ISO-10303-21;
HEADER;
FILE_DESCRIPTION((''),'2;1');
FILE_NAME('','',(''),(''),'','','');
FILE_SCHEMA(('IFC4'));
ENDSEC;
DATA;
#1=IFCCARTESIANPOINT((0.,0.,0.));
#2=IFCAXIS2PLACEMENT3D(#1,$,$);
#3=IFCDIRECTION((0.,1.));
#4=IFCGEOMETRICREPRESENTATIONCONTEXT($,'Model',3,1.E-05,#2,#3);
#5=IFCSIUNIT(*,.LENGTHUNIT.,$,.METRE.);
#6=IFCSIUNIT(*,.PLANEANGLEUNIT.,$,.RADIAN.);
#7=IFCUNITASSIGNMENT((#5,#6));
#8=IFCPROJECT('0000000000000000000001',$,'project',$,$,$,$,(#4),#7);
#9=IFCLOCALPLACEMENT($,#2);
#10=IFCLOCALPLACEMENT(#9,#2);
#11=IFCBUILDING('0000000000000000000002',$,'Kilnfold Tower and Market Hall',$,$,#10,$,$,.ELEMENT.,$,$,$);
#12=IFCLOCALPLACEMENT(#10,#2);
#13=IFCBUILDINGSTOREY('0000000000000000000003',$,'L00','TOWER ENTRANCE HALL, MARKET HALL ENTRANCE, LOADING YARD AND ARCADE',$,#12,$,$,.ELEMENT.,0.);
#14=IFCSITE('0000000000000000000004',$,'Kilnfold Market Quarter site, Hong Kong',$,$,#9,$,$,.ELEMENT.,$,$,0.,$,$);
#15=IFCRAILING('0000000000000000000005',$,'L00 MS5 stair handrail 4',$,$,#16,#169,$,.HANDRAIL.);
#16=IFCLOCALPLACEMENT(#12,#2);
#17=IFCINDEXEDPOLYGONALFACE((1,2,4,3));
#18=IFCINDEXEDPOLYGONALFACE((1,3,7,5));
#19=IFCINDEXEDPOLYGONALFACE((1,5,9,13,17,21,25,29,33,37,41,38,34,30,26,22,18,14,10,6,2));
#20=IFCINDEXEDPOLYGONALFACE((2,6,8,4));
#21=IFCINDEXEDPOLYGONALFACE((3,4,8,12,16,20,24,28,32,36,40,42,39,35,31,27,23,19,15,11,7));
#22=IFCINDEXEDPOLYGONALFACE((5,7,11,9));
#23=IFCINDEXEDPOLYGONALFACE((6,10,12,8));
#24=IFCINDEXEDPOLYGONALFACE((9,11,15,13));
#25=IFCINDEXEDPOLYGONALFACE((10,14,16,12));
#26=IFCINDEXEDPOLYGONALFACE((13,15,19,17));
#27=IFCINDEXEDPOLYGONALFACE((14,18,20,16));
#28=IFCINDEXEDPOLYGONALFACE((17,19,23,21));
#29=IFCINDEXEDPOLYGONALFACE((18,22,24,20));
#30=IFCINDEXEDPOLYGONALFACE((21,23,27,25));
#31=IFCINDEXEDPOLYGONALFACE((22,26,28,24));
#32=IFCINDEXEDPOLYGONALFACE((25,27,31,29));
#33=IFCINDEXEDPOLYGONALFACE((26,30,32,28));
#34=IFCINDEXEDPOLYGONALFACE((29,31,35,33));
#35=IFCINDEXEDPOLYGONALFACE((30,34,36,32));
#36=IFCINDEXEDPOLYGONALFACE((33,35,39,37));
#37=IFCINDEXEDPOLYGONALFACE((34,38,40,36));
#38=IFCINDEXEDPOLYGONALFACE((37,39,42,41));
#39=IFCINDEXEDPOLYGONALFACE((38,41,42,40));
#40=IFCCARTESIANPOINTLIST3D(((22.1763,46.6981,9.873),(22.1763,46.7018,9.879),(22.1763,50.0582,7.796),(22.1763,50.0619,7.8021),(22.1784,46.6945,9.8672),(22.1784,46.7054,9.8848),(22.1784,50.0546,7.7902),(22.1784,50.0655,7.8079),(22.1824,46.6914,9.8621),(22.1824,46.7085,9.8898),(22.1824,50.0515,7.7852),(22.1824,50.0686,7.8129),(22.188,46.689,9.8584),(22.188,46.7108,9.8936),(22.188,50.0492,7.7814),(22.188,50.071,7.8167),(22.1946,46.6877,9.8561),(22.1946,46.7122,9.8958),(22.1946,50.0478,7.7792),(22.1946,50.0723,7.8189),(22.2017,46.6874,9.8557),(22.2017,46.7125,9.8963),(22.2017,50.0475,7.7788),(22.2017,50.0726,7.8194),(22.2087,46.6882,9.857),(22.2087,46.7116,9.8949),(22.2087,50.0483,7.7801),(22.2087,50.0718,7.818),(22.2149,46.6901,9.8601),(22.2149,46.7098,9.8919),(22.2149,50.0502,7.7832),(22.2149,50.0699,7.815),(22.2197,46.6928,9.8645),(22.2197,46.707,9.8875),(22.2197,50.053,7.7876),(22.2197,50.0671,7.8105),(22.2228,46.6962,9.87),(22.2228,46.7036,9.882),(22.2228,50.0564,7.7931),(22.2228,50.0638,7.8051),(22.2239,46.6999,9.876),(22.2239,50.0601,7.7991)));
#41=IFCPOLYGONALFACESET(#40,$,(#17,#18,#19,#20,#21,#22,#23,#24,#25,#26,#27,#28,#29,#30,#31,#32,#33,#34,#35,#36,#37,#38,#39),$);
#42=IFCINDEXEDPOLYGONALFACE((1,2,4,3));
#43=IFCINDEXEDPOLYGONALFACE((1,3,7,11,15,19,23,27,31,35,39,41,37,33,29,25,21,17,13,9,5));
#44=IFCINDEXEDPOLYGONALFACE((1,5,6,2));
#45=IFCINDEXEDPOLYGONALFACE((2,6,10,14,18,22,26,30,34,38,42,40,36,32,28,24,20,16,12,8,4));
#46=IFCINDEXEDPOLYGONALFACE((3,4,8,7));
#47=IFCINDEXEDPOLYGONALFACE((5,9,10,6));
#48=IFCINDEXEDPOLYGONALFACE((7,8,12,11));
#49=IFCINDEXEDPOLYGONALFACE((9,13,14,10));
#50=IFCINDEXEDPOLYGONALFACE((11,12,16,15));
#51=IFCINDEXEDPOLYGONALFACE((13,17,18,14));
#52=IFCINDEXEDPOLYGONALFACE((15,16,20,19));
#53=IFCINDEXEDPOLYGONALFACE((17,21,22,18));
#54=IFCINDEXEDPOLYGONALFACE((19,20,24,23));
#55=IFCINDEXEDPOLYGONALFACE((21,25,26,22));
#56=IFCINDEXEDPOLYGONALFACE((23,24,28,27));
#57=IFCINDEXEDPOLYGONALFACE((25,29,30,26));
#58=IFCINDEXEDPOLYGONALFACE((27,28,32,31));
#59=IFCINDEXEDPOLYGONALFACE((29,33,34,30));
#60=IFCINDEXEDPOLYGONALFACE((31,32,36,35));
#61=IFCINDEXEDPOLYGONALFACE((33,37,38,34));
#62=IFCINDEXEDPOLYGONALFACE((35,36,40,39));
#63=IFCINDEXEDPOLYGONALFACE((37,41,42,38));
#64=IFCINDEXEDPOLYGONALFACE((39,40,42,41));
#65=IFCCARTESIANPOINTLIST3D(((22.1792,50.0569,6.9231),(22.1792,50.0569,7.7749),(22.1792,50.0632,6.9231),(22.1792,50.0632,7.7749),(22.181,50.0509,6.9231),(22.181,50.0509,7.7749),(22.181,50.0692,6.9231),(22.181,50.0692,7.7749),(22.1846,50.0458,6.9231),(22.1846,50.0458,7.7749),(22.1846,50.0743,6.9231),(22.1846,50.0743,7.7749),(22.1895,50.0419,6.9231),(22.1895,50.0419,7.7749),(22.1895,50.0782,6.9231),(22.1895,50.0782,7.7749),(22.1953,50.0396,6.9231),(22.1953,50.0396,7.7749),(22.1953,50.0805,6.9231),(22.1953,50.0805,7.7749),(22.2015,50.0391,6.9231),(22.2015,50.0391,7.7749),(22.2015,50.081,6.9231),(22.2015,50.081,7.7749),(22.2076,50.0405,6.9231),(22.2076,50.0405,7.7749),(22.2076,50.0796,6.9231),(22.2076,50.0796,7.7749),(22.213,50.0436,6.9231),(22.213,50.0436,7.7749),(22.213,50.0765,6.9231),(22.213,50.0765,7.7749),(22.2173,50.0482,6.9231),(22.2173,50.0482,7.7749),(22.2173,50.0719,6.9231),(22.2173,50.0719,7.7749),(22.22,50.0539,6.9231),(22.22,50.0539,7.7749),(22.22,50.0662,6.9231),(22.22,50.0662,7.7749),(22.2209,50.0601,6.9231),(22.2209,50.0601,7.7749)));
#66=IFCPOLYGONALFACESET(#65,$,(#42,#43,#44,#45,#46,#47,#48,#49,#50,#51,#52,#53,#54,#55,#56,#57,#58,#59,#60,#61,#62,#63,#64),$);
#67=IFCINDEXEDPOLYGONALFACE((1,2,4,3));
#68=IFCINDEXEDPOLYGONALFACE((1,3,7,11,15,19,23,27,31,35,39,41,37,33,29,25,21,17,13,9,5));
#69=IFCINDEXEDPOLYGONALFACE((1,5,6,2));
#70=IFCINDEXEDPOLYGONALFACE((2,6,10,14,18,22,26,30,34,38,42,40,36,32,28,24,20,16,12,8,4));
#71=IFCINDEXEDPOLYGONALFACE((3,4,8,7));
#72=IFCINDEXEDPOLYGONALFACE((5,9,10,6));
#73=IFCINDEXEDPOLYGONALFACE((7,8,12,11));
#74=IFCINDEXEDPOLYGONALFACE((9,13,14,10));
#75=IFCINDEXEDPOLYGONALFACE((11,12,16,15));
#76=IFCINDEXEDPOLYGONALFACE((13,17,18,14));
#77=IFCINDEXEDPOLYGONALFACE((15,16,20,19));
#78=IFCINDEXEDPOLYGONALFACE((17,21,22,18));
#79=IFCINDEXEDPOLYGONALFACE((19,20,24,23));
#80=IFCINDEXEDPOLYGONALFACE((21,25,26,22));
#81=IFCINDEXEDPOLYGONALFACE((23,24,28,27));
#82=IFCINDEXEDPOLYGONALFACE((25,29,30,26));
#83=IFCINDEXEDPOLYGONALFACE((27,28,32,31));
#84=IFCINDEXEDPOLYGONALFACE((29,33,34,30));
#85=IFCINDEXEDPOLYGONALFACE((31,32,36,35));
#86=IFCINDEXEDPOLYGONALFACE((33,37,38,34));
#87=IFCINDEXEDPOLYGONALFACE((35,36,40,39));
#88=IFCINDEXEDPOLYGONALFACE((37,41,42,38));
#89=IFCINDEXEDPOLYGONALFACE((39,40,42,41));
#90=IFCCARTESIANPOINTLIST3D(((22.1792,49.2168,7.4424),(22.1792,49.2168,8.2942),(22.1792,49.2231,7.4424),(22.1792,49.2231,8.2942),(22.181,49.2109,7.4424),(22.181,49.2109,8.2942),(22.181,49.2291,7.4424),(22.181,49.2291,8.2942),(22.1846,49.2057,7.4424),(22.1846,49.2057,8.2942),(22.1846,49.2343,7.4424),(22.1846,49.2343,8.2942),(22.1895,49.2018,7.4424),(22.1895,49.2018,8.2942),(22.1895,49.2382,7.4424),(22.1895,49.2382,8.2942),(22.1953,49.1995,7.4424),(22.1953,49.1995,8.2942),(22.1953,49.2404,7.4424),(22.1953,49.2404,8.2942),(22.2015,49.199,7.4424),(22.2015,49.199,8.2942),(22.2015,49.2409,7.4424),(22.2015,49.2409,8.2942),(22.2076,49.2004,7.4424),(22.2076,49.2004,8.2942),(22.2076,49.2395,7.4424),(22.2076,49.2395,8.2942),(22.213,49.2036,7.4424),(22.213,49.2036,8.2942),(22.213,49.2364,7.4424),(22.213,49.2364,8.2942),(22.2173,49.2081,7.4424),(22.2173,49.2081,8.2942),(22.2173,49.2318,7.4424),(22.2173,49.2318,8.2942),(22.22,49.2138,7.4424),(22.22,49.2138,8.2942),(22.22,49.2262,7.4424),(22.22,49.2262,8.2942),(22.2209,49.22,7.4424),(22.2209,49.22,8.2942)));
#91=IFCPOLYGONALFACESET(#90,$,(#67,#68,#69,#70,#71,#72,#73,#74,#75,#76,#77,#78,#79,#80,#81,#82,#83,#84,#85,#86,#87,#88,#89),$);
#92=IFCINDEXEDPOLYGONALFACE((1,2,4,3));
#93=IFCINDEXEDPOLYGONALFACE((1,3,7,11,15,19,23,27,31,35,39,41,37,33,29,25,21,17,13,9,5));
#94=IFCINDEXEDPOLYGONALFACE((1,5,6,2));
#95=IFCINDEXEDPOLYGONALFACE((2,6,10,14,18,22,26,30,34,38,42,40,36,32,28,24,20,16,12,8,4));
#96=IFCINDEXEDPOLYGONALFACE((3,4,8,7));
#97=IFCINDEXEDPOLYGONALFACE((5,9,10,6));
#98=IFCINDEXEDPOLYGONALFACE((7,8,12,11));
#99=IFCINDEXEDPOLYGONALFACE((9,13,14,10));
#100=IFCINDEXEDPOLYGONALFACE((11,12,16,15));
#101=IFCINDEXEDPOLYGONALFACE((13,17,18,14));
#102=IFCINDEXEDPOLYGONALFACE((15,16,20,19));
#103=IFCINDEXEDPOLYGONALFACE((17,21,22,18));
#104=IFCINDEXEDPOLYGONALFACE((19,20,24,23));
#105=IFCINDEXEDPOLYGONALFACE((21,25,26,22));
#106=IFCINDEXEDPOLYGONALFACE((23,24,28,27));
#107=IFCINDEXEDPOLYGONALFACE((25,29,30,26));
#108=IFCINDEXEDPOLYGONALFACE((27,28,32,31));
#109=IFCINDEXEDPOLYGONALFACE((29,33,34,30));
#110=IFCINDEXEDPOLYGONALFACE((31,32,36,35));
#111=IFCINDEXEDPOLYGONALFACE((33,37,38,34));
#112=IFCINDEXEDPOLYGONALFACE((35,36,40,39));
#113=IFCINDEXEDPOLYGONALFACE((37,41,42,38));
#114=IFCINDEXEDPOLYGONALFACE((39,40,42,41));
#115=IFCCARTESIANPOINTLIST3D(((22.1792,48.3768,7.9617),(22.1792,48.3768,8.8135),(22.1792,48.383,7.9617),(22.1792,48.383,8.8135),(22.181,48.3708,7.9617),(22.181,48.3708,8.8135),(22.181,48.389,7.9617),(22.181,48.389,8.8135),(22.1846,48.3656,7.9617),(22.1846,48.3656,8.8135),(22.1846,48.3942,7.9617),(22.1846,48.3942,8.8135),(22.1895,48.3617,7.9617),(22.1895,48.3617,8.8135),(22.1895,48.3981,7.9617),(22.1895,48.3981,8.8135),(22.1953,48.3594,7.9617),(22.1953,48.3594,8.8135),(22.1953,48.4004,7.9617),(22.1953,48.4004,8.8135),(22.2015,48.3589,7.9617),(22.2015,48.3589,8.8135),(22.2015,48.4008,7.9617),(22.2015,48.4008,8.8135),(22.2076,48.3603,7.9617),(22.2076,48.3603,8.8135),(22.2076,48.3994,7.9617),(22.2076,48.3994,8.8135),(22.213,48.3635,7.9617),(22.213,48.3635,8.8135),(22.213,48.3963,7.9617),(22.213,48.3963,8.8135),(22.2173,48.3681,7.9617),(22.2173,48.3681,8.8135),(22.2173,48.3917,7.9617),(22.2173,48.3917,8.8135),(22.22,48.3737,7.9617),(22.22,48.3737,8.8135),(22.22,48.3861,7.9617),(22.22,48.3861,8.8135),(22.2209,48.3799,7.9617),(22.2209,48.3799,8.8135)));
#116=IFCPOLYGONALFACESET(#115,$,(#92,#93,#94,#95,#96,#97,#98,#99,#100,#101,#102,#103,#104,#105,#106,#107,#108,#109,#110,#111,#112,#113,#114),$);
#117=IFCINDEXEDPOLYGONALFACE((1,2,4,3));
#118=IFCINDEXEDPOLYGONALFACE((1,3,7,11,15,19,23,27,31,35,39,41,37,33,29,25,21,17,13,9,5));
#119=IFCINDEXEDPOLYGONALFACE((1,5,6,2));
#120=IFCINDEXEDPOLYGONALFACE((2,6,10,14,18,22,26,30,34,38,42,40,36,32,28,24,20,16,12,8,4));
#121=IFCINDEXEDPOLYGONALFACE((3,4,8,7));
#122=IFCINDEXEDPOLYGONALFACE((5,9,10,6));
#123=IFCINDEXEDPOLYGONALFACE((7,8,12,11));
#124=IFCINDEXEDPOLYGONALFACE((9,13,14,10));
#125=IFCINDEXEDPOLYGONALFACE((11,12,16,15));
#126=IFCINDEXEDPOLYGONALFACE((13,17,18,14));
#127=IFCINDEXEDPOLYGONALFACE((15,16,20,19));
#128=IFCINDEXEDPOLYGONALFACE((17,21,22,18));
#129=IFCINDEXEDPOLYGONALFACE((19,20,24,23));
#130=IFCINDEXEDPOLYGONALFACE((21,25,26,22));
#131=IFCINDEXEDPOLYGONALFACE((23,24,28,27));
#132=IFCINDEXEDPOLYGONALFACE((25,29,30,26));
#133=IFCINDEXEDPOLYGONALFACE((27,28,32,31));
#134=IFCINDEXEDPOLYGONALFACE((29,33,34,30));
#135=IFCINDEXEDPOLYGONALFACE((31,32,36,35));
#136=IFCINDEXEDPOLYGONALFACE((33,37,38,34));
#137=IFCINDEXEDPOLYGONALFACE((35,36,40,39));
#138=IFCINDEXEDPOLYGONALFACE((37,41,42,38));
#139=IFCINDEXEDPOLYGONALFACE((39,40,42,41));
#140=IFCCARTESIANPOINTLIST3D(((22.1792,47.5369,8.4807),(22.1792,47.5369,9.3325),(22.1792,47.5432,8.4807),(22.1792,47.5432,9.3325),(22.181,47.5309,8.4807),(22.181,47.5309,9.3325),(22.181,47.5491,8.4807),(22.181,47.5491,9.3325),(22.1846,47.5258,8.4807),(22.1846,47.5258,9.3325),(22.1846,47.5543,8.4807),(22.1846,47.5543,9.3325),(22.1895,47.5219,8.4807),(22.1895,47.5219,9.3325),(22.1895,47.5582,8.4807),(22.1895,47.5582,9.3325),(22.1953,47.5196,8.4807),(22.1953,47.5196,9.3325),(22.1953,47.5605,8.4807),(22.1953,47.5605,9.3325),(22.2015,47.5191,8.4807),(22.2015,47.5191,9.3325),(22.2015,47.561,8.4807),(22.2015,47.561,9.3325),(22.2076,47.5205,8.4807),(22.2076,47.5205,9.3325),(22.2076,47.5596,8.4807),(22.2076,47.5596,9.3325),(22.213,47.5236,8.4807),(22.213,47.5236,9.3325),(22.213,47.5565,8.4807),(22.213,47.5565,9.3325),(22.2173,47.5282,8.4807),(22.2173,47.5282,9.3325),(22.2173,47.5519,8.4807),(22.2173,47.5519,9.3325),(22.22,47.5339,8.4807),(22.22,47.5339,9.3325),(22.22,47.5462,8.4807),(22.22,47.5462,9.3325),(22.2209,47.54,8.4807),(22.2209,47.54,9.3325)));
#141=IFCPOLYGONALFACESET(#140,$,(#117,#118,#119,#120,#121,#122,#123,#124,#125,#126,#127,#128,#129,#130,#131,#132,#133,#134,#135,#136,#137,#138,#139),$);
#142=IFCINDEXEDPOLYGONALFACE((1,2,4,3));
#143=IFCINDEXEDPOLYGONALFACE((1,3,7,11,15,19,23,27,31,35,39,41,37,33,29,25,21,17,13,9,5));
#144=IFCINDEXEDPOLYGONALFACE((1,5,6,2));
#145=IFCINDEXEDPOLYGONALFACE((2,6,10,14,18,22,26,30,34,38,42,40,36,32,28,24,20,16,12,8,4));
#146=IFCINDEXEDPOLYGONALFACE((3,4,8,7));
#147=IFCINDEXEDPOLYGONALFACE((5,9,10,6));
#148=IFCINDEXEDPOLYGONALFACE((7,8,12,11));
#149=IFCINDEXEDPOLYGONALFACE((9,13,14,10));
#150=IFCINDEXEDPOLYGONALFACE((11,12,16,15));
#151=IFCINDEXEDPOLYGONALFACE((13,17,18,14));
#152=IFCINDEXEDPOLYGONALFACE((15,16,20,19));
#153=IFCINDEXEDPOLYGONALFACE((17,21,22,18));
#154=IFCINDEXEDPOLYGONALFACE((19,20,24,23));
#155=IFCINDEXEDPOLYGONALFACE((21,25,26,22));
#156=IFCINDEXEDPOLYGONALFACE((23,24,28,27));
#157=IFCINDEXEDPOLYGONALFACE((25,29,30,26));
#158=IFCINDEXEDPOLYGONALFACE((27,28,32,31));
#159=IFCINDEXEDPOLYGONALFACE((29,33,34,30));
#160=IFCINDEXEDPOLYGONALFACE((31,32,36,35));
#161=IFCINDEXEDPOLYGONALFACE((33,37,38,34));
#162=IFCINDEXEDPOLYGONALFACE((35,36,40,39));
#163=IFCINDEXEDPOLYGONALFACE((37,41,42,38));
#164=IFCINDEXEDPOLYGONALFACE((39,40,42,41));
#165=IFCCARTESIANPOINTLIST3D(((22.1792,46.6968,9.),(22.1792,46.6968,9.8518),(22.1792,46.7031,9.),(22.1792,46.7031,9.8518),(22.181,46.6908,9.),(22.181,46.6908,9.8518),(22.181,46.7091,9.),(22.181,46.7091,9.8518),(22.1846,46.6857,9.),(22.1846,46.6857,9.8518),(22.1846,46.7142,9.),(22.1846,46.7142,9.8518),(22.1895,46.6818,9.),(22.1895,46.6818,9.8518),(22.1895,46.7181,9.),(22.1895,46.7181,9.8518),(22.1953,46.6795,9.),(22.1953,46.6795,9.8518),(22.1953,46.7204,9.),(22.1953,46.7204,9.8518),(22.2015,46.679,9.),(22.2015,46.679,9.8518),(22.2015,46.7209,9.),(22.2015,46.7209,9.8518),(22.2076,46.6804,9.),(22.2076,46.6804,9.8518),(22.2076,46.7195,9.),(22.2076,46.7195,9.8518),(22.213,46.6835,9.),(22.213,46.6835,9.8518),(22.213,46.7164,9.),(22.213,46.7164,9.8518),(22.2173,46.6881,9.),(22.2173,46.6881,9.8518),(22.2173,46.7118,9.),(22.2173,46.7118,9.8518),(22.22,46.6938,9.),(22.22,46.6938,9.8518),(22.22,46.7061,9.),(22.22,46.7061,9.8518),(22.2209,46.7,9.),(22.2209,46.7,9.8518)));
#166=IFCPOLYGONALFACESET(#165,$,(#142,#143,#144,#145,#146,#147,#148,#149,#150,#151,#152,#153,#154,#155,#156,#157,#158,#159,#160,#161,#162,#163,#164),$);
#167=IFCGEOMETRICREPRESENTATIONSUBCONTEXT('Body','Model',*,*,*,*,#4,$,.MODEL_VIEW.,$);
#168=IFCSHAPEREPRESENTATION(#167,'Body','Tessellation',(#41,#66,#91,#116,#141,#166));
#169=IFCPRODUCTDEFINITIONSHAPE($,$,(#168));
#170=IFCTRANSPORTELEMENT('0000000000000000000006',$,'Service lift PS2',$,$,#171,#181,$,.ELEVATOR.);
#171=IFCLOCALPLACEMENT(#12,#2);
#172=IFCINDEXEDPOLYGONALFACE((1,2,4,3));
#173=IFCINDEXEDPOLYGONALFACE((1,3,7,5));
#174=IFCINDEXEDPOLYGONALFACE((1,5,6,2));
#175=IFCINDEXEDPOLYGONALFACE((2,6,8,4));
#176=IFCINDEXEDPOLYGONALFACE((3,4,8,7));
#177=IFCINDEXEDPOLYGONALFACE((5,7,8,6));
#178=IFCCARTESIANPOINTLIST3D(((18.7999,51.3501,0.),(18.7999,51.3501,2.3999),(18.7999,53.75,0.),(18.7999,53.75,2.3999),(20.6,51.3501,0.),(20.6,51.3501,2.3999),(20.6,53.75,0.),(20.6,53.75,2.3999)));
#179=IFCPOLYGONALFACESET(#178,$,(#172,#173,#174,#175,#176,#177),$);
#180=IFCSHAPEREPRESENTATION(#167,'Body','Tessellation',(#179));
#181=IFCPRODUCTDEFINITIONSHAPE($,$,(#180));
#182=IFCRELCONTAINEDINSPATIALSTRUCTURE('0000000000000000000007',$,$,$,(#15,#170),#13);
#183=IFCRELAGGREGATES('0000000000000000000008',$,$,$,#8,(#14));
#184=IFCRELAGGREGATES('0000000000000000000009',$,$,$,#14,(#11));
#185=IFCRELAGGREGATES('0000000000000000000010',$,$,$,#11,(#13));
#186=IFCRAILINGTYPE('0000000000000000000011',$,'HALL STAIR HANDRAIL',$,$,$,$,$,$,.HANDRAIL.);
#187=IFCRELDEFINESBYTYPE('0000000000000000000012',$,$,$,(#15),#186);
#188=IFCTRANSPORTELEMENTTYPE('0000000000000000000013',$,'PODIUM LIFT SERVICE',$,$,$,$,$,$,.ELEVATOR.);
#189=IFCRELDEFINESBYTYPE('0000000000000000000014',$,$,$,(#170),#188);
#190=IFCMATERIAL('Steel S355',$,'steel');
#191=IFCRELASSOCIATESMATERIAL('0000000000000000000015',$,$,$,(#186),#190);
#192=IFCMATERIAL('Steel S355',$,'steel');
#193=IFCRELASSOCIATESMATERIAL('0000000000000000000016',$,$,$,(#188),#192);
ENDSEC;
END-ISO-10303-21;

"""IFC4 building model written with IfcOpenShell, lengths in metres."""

from ifc_helpers import new_model, si_unit, direction, frame, origin, origin_2d, place, context, subcontext, project, spatial, rectangle, circle, extrude, source, transform, mapped, material, type_object, element, save


model = new_model("IFC4")

# Units and contexts
model_context = context("Model", 3, precision=1e-05, world=origin(), true_north=direction((0.0, 1.0)))
body_context = subcontext(model_context, "Body", "Model", "MODEL_VIEW")
ifc_project = project(units=[si_unit("LENGTHUNIT", "METRE"), si_unit("PLANEANGLEUNIT", "RADIAN")], contexts=[model_context])

# Site, building, storey
site_placement = place(None, origin())
site = spatial("IfcSite", under=ifc_project, at=site_placement, Name="Kilnfold Market Quarter site, Hong Kong", CompositionType="ELEMENT", RefElevation=0.0)
building_placement = place(site_placement, origin())
building = spatial("IfcBuilding", under=site, at=building_placement, Name="Kilnfold Tower and Market Hall", CompositionType="ELEMENT")
storey_placement = place(building_placement, origin())
storey = spatial("IfcBuildingStorey", under=building, at=storey_placement, Name="L00", Description="TOWER ENTRANCE HALL, MARKET HALL ENTRANCE, LOADING YARD AND ARCADE", CompositionType="ELEMENT", Elevation=0.0)

# Railing
ifc_material_1 = material(Name="Steel S355", Category="steel")
railing_type_1 = type_object("IfcRailingType", Name="HALL STAIR HANDRAIL", PredefinedType="HANDRAIL", material=ifc_material_1)
railing_1_placement = place(storey_placement, frame((22.2, 50.0601, 6.9231)))
element("IfcRailing", 1, at=railing_1_placement, inside=storey, type_object=railing_type_1, Name="L00 MS5 stair handrail 4", PredefinedType="HANDRAIL", context=body_context, shape_type="SweptSolid", body=[
    extrude(circle(Radius=0.0239, at=origin_2d()), frame((0.0, 0.0, 0.876), z_axis=(0.0, -0.850623, 0.525776), x_axis=(1.0, 0.0, 0.0)), (0.0, 0.0, 1.0), 3.9502),
    extrude(circle(Radius=0.021, at=origin_2d()), origin(), (0.0, 0.0, 1.0), 0.8518),
    extrude(circle(Radius=0.021, at=origin_2d()), frame((0.0, -0.8401, 0.5193)), (0.0, 0.0, 1.0), 0.8518),
    extrude(circle(Radius=0.021, at=origin_2d()), frame((0.0, -1.6802, 1.0386)), (0.0, 0.0, 1.0), 0.8518),
    extrude(circle(Radius=0.021, at=origin_2d()), frame((0.0, -2.52, 1.5576)), (0.0, 0.0, 1.0), 0.8518),
    extrude(circle(Radius=0.021, at=origin_2d()), frame((0.0, -3.3601, 2.0769)), (0.0, 0.0, 1.0), 0.8518),
])

# Transport element
ifc_material_2 = material(Name="Steel S355", Category="steel")
transport_element_type = type_object("IfcTransportElementType", Name="PODIUM LIFT SERVICE", PredefinedType="ELEVATOR", material=ifc_material_2)
shared_shape_1 = source(origin(), body_context, "Body", "SweptSolid", [
    extrude(rectangle(XDim=1.8, YDim=2.3999, at=origin_2d()), origin(), (0.0, 0.0, 1.0), 2.3999),
])
transport_element_placement = place(storey_placement, frame((19.7, 52.55, 0.0), z_axis=(0.0, 0.0, 1.0), x_axis=(1.0, 0.0, 0.0)))
element("IfcTransportElement", 2, at=transport_element_placement, inside=storey, type_object=transport_element_type, Name="Service lift PS2", PredefinedType="ELEVATOR", context=body_context, shape_type="MappedRepresentation", body=[
    mapped(shared_shape_1, transform((0.0, 0.0, 0.0))),
])

save(model, "model.ifc")
